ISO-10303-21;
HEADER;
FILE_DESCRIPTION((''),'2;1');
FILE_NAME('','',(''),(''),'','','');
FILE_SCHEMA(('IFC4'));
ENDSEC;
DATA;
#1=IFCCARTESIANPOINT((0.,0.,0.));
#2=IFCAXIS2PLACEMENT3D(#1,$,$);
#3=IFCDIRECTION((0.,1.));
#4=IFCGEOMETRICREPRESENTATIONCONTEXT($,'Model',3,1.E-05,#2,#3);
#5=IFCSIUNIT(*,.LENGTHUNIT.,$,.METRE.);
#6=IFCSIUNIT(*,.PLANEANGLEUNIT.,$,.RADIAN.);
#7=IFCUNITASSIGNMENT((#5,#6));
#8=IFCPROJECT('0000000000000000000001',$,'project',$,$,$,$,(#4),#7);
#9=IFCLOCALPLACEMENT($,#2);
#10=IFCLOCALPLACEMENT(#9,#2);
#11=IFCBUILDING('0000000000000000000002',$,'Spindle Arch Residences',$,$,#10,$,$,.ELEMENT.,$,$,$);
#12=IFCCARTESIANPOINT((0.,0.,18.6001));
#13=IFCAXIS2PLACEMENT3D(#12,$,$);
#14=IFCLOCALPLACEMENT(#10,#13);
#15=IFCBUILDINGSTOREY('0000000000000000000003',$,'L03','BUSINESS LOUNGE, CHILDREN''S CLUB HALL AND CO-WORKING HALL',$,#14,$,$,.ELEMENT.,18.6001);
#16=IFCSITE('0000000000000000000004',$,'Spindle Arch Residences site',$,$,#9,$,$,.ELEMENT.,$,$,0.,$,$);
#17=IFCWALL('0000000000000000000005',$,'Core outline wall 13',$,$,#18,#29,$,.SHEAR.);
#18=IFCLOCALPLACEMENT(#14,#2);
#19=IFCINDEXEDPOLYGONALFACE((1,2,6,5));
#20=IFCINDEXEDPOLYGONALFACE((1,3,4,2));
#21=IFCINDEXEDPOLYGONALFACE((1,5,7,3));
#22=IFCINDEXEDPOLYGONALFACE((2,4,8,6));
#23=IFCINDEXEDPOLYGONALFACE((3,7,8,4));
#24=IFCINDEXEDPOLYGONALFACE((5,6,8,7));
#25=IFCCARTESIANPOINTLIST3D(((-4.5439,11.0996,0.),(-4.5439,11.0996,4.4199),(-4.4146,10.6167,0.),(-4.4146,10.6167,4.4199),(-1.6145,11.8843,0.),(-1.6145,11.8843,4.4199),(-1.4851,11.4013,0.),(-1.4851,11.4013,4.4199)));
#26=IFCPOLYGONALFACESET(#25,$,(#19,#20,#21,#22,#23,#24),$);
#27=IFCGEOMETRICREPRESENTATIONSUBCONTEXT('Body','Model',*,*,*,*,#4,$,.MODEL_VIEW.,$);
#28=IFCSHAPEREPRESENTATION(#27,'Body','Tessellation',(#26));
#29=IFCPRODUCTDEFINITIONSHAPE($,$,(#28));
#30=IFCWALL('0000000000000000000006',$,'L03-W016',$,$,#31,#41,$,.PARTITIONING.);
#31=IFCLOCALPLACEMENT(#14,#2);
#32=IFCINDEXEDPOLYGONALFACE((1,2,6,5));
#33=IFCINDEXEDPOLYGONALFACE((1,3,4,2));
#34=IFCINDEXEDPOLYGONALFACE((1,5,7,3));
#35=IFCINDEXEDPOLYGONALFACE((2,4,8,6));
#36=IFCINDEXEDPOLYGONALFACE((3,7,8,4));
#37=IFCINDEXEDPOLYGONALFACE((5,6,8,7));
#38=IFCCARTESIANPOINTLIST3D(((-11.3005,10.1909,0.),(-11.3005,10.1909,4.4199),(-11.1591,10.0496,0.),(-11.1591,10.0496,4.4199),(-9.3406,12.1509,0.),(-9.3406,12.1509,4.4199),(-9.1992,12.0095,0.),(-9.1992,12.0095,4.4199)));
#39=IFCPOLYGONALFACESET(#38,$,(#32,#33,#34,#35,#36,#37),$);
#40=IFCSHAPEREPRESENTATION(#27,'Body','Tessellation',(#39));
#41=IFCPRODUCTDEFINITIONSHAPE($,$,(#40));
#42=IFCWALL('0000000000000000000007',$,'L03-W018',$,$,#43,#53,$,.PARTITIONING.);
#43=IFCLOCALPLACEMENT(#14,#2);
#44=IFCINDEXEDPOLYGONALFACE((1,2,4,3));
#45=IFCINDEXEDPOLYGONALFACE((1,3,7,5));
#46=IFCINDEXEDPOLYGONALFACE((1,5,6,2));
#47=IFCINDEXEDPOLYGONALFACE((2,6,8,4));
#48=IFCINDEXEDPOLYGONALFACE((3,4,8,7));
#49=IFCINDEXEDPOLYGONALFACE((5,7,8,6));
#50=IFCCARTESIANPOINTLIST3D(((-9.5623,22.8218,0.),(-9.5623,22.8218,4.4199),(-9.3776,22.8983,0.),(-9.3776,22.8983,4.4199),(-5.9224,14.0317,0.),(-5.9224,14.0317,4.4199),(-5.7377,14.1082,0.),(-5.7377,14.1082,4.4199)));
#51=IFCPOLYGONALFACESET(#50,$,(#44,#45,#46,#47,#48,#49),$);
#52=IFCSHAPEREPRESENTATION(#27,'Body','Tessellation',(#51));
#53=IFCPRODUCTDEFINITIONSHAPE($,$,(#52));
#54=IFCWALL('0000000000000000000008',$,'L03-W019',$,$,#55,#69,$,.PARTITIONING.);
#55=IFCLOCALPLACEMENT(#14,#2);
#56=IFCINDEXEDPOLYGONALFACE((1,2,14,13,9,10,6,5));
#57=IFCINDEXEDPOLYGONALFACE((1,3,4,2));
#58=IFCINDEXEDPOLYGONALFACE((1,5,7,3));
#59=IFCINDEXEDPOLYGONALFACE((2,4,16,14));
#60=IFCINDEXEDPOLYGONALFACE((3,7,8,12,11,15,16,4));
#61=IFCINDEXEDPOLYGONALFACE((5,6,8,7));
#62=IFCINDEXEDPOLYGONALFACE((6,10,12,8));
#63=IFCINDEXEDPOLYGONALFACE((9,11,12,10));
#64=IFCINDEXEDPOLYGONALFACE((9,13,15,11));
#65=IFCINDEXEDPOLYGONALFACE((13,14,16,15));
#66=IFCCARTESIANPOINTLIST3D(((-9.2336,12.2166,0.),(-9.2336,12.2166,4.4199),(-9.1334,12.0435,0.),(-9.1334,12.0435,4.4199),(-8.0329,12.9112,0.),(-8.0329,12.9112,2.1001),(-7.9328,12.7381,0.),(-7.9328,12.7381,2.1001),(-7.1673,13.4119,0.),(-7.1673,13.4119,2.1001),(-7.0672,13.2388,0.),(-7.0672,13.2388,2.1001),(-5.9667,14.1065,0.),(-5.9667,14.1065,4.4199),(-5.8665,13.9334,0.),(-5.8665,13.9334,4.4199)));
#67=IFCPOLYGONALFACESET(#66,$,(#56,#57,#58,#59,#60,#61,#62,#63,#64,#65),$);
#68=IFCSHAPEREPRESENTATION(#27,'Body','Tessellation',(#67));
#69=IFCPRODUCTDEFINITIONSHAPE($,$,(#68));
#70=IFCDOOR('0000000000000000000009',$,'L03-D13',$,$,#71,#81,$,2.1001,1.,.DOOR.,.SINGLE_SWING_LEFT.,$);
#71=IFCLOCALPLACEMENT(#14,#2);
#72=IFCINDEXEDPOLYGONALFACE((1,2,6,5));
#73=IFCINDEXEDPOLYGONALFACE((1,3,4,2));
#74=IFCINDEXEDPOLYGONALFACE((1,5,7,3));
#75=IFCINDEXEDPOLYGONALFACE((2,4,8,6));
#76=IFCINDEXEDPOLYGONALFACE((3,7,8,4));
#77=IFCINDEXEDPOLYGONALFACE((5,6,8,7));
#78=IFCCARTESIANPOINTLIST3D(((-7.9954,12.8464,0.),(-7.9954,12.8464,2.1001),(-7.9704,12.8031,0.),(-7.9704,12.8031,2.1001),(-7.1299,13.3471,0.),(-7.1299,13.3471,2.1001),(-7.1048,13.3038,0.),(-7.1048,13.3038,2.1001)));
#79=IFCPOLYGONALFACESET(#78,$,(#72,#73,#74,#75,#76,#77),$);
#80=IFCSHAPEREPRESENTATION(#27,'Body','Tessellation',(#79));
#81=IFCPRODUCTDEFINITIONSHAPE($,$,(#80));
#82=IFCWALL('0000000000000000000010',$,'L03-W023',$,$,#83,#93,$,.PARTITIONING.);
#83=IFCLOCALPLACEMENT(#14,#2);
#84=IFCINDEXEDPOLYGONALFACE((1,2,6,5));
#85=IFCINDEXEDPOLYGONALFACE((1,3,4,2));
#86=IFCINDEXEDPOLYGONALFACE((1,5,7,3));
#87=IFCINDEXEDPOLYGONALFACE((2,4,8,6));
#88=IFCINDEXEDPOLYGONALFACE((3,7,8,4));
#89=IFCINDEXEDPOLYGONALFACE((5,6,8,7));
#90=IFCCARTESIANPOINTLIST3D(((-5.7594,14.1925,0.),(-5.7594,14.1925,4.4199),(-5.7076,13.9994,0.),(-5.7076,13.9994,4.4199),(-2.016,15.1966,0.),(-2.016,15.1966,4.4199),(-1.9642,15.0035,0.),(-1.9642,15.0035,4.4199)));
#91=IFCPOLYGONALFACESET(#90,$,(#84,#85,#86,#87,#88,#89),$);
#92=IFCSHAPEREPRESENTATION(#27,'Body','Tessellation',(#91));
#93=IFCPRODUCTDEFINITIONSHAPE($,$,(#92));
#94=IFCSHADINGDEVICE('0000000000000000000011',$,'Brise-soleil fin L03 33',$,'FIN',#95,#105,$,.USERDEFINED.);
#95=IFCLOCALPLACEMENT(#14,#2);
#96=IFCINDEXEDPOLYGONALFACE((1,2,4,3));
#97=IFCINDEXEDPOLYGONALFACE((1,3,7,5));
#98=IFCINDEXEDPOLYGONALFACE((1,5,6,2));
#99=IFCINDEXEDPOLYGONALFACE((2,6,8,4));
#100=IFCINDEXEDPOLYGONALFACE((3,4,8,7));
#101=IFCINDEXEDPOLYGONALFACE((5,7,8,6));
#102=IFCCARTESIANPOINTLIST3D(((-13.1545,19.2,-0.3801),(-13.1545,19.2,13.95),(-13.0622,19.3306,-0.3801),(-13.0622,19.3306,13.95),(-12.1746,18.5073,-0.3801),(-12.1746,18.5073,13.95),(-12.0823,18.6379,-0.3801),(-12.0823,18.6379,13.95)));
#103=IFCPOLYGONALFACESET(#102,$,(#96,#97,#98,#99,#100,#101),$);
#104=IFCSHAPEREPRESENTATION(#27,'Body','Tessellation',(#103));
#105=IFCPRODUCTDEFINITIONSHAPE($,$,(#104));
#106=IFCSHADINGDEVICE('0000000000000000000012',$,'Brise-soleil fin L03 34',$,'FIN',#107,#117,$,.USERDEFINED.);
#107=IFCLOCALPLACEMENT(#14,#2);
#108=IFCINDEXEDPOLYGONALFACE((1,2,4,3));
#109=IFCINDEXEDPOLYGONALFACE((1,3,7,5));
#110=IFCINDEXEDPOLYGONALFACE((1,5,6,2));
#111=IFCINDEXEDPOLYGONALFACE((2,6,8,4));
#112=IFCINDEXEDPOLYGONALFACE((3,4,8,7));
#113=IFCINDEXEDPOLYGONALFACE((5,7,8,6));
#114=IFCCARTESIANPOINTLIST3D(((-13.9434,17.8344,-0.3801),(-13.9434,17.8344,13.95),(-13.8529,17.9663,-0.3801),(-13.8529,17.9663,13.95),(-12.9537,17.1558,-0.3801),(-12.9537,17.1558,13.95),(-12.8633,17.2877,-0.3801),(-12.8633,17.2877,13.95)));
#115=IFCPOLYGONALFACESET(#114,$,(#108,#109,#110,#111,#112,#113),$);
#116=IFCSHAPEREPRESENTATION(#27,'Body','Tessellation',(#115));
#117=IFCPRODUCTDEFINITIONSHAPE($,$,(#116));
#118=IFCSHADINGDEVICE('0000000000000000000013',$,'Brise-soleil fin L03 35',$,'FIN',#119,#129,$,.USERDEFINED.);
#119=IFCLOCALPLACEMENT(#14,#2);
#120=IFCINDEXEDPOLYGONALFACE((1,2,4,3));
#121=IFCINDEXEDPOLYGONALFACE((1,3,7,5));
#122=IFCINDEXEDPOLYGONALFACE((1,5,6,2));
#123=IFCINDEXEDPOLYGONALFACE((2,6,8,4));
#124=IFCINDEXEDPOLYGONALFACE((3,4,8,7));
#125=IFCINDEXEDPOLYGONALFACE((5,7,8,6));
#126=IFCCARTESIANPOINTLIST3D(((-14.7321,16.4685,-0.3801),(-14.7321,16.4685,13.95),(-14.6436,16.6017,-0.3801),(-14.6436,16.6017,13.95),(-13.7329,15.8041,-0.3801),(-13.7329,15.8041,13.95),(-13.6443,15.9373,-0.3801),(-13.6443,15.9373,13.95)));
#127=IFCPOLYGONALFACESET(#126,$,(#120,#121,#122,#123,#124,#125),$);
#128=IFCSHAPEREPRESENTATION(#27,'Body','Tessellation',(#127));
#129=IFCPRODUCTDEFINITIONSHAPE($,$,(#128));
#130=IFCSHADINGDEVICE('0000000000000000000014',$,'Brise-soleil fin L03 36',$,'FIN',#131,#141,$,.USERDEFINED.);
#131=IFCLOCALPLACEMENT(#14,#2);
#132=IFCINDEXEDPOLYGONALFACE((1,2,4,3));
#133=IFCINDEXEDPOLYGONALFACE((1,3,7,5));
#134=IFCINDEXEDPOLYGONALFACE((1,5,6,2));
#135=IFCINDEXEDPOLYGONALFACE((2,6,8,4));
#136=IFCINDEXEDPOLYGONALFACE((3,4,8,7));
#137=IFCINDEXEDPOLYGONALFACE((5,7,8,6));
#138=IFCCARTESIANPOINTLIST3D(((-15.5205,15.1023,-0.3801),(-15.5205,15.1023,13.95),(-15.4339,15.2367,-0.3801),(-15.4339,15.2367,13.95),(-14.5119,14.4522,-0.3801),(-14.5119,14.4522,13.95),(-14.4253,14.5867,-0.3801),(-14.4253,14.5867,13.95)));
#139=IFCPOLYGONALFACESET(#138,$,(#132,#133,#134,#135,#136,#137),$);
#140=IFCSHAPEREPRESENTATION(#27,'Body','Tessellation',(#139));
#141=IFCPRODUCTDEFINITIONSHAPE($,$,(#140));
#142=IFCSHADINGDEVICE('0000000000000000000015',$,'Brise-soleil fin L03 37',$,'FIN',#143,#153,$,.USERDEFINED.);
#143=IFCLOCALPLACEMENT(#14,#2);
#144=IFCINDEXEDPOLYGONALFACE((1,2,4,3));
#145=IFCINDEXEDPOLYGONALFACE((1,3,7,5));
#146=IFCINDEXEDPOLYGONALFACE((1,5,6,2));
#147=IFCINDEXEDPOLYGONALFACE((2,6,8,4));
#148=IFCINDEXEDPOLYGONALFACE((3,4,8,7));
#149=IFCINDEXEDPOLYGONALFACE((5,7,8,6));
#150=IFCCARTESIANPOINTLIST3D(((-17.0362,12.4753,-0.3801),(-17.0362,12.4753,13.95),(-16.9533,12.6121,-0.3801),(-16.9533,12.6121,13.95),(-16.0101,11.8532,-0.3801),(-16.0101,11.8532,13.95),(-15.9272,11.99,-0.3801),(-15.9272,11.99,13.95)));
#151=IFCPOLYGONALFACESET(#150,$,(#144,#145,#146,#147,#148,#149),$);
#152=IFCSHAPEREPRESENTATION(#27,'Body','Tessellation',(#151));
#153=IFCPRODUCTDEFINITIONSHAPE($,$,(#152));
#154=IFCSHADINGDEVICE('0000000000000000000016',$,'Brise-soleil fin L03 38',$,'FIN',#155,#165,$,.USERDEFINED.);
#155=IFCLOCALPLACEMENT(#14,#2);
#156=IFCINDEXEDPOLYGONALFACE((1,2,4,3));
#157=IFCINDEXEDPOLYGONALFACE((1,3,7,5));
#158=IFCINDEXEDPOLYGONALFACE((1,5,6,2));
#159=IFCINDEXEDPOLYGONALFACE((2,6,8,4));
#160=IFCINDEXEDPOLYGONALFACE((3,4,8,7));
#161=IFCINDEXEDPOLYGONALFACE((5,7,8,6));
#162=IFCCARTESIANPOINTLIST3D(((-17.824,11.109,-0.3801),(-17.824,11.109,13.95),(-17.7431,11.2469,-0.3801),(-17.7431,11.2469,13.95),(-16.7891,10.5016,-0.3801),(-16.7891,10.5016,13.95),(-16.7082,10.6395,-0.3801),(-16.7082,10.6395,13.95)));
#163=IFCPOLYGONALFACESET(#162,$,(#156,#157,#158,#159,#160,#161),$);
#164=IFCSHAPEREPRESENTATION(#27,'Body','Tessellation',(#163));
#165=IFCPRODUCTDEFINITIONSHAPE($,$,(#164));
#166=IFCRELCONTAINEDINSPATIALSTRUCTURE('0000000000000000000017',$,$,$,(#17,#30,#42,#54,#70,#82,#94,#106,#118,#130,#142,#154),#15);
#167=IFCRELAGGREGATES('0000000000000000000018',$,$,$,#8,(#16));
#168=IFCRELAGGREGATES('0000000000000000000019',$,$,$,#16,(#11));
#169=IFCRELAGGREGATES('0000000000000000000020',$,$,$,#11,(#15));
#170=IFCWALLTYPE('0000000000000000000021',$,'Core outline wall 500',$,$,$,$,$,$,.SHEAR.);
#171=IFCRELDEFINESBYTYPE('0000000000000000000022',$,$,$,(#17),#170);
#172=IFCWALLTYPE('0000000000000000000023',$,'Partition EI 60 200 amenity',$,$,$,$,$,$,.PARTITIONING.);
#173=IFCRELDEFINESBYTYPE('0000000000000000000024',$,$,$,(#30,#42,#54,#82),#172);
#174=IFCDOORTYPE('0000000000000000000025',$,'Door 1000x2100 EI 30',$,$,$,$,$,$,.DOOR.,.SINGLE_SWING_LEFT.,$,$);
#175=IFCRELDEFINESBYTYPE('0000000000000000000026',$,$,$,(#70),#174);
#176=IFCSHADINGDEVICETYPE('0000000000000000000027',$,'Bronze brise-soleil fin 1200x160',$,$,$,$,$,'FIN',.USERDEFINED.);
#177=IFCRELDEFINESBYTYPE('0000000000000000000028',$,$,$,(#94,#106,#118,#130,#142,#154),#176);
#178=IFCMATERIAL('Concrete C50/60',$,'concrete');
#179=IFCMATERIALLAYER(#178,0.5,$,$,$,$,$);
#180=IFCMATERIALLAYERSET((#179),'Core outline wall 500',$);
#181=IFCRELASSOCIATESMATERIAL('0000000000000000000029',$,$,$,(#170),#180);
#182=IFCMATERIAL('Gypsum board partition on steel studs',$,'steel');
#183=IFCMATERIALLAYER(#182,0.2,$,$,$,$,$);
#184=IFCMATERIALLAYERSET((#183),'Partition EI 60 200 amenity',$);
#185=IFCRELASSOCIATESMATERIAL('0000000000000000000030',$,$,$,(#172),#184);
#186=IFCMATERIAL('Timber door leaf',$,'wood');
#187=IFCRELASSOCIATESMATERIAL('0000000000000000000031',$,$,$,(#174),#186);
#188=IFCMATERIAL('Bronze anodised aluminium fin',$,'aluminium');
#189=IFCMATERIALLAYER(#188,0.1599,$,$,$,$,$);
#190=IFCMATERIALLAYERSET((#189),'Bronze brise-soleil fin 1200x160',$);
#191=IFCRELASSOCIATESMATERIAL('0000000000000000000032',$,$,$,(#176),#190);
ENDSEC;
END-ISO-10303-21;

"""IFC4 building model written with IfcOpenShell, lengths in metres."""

from ifc_helpers import new_model, si_unit, direction, frame, frame_2d, origin, origin_2d, place, context, subcontext, project, spatial, rectangle, extrude, material, layer, layer_set, type_object, element, fill, save


model = new_model("IFC4")

# Units and contexts
model_context = context("Model", 3, precision=1e-05, world=origin(), true_north=direction((0.0, 1.0)))
body_context = subcontext(model_context, "Body", "Model", "MODEL_VIEW")
ifc_project = project(units=[si_unit("LENGTHUNIT", "METRE"), si_unit("PLANEANGLEUNIT", "RADIAN")], contexts=[model_context])

# Site, building, storey
site_placement = place(None, origin())
site = spatial("IfcSite", under=ifc_project, at=site_placement, Name="Spindle Arch Residences site", CompositionType="ELEMENT", RefElevation=0.0)
building_placement = place(site_placement, origin())
building = spatial("IfcBuilding", under=site, at=building_placement, Name="Spindle Arch Residences", CompositionType="ELEMENT")
storey_placement = place(building_placement, frame((0.0, 0.0, 18.6001)))
storey = spatial("IfcBuildingStorey", under=building, at=storey_placement, Name="L03", Description="BUSINESS LOUNGE, CHILDREN'S CLUB HALL AND CO-WORKING HALL", CompositionType="ELEMENT", Elevation=18.6001)

# Walls
ifc_material_1 = material(Name="Concrete C50/60", Category="concrete")
ifc_layer_1 = layer(ifc_material_1, 0.5)
ifc_layer_set_1 = layer_set([ifc_layer_1], Name="Core outline wall 500")
wall_type_1 = type_object("IfcWallType", Name="Core outline wall 500", PredefinedType="SHEAR", material=ifc_layer_set_1)
wall_1_placement = place(storey_placement, frame((-1.5498, 11.6428, 0.0), z_axis=(0.0, 0.0, 1.0), x_axis=(-0.965948, -0.258735, 0.0)))
element("IfcWall", 1, at=wall_1_placement, inside=storey, type_object=wall_type_1, Name="Core outline wall 13", PredefinedType="SHEAR", context=body_context, shape_type="SweptSolid", body=[
    extrude(rectangle(XDim=3.0327, YDim=0.5, at=frame_2d((1.5164, 0.0))), origin(), (0.0, 0.0, 1.0), 4.4199),
])
ifc_material_2 = material(Name="Gypsum board partition on steel studs", Category="steel")
ifc_layer_2 = layer(ifc_material_2, 0.2)
ifc_layer_set_2 = layer_set([ifc_layer_2], Name="Partition EI 60 200 amenity")
wall_type_2 = type_object("IfcWallType", Name="Partition EI 60 200 amenity", PredefinedType="PARTITIONING", material=ifc_layer_set_2)
wall_2_placement = place(storey_placement, frame((-9.27, 12.0801, 0.0), z_axis=(0.0, 0.0, 1.0), x_axis=(-0.707107, -0.707107, 0.0)))
element("IfcWall", 2, at=wall_2_placement, inside=storey, type_object=wall_type_2, Name="L03-W016", PredefinedType="PARTITIONING", context=body_context, shape_type="SweptSolid", body=[
    extrude(rectangle(XDim=2.7717, YDim=0.2, at=frame_2d((1.3857, 0.0))), origin(), (0.0, 0.0, 1.0), 4.4199),
])
wall_3_placement = place(storey_placement, frame((-5.8301, 14.0701, 0.0), z_axis=(0.0, 0.0, 1.0), x_axis=(-0.382588, 0.923919, 0.0)))
element("IfcWall", 3, at=wall_3_placement, inside=storey, type_object=wall_type_2, Name="L03-W018", PredefinedType="PARTITIONING", context=body_context, shape_type="SweptSolid", body=[
    extrude(rectangle(XDim=9.5139, YDim=0.2, at=frame_2d((4.7568, 0.0))), origin(), (0.0, 0.0, 1.0), 4.4199),
])

# Wall, opening, door
wall_4_placement = place(storey_placement, frame((-5.9165, 14.02, 0.0), z_axis=(0.0, 0.0, 1.0), x_axis=(-0.865592, -0.500751, 0.0)))
wall_4 = element("IfcWall", 4, at=wall_4_placement, inside=storey, type_object=wall_type_2, Name="L03-W019", PredefinedType="PARTITIONING", context=body_context, shape_type="SweptSolid", body=[
    extrude(rectangle(XDim=3.7742, YDim=0.2, at=frame_2d((1.8872, 0.0))), origin(), (0.0, 0.0, 1.0), 4.4199),
])
opening_placement = place(wall_4_placement, frame((1.3872, 0.0, 0.0)))
opening = element("IfcOpeningElement", 5, at=opening_placement, cuts=wall_4, PredefinedType="OPENING", context=body_context, shape_type="SweptSolid", body=[
    extrude(rectangle(XDim=1.0, YDim=2.1001, at=frame_2d((0.5, 1.05))), frame((0.0, 0.1099, 0.0), z_axis=(0.0, -1.0, 0.0), x_axis=(1.0, 0.0, 0.0)), (0.0, 0.0, 1.0), 0.22),
])
ifc_material_3 = material(Name="Timber door leaf", Category="wood")
door_type = type_object("IfcDoorType", Name="Door 1000x2100 EI 30", OperationType="SINGLE_SWING_LEFT", PredefinedType="DOOR", material=ifc_material_3)
door_placement = place(opening_placement, origin())
door = element("IfcDoor", 6, at=door_placement, inside=storey, type_object=door_type, Name="L03-D13", OperationType="SINGLE_SWING_LEFT", OverallHeight=2.1001, OverallWidth=1.0, PredefinedType="DOOR", context=body_context, shape_type="SweptSolid", body=[
    extrude(rectangle(XDim=1.0, YDim=2.1001, at=frame_2d((0.5, 1.05))), frame((0.0, 0.0249, 0.0), z_axis=(0.0, -1.0, 0.0), x_axis=(1.0, 0.0, 0.0)), (0.0, 0.0, 1.0), 0.05),
])
fill(opening, door)

# Wall
wall_5_placement = place(storey_placement, frame((-1.99, 15.1001, 0.0), z_axis=(0.0, 0.0, 1.0), x_axis=(-0.965854, -0.259086, 0.0)))
element("IfcWall", 7, at=wall_5_placement, inside=storey, type_object=wall_type_2, Name="L03-W023", PredefinedType="PARTITIONING", context=body_context, shape_type="SweptSolid", body=[
    extrude(rectangle(XDim=3.8757, YDim=0.2, at=frame_2d((1.938, 0.0))), origin(), (0.0, 0.0, 1.0), 4.4199),
])

# Shading devices
ifc_material_4 = material(Name="Bronze anodised aluminium fin", Category="aluminium")
ifc_layer_3 = layer(ifc_material_4, 0.1599)
ifc_layer_set_3 = layer_set([ifc_layer_3], Name="Bronze brise-soleil fin 1200x160")
shading_device_type = type_object("IfcShadingDeviceType", Name="Bronze brise-soleil fin 1200x160", ElementType="FIN", PredefinedType="USERDEFINED", material=ifc_layer_set_3)
for number, where, z_axis, x_axis, name in (
    (8, (-12.6184, 18.9189, -0.3801), (0.0, 0.0, 1.0), (-0.816565, 0.577254, 0.0), "Brise-soleil fin L03 33"),
    (9, (-13.4033, 17.561, -0.3801), (0.0, 0.0, 1.0), (-0.824728, 0.56553, 0.0), "Brise-soleil fin L03 34"),
    (10, (-14.1882, 16.2029, -0.3801), (0.0, 0.0, 1.0), (-0.832723, 0.55369, 0.0), "Brise-soleil fin L03 35"),
    (11, (-14.9729, 14.8445, -0.3801), (0.0, 0.0, 1.0), (-0.840548, 0.541737, 0.0), "Brise-soleil fin L03 36"),
    (12, (-16.4817, 12.2327, -0.3801), (0.0, 0.0, 1.0), (-0.855112, 0.518442, 0.0), "Brise-soleil fin L03 37"),
    (13, (-17.2661, 10.8743, -0.3801), (0.0, 0.0, 1.0), (-0.862432, 0.506173, 0.0), "Brise-soleil fin L03 38"),
):
    element("IfcShadingDevice", number, at=place(storey_placement, frame(where, z_axis=z_axis, x_axis=x_axis)), inside=storey, type_object=shading_device_type, Name=name, ObjectType="FIN", PredefinedType="USERDEFINED", context=body_context, shape_type="SweptSolid", body=[
        extrude(rectangle(XDim=1.2, YDim=0.1599, at=origin_2d()), origin(), (0.0, 0.0, 1.0), 14.3301),
    ])

save(model, "model.ifc")
